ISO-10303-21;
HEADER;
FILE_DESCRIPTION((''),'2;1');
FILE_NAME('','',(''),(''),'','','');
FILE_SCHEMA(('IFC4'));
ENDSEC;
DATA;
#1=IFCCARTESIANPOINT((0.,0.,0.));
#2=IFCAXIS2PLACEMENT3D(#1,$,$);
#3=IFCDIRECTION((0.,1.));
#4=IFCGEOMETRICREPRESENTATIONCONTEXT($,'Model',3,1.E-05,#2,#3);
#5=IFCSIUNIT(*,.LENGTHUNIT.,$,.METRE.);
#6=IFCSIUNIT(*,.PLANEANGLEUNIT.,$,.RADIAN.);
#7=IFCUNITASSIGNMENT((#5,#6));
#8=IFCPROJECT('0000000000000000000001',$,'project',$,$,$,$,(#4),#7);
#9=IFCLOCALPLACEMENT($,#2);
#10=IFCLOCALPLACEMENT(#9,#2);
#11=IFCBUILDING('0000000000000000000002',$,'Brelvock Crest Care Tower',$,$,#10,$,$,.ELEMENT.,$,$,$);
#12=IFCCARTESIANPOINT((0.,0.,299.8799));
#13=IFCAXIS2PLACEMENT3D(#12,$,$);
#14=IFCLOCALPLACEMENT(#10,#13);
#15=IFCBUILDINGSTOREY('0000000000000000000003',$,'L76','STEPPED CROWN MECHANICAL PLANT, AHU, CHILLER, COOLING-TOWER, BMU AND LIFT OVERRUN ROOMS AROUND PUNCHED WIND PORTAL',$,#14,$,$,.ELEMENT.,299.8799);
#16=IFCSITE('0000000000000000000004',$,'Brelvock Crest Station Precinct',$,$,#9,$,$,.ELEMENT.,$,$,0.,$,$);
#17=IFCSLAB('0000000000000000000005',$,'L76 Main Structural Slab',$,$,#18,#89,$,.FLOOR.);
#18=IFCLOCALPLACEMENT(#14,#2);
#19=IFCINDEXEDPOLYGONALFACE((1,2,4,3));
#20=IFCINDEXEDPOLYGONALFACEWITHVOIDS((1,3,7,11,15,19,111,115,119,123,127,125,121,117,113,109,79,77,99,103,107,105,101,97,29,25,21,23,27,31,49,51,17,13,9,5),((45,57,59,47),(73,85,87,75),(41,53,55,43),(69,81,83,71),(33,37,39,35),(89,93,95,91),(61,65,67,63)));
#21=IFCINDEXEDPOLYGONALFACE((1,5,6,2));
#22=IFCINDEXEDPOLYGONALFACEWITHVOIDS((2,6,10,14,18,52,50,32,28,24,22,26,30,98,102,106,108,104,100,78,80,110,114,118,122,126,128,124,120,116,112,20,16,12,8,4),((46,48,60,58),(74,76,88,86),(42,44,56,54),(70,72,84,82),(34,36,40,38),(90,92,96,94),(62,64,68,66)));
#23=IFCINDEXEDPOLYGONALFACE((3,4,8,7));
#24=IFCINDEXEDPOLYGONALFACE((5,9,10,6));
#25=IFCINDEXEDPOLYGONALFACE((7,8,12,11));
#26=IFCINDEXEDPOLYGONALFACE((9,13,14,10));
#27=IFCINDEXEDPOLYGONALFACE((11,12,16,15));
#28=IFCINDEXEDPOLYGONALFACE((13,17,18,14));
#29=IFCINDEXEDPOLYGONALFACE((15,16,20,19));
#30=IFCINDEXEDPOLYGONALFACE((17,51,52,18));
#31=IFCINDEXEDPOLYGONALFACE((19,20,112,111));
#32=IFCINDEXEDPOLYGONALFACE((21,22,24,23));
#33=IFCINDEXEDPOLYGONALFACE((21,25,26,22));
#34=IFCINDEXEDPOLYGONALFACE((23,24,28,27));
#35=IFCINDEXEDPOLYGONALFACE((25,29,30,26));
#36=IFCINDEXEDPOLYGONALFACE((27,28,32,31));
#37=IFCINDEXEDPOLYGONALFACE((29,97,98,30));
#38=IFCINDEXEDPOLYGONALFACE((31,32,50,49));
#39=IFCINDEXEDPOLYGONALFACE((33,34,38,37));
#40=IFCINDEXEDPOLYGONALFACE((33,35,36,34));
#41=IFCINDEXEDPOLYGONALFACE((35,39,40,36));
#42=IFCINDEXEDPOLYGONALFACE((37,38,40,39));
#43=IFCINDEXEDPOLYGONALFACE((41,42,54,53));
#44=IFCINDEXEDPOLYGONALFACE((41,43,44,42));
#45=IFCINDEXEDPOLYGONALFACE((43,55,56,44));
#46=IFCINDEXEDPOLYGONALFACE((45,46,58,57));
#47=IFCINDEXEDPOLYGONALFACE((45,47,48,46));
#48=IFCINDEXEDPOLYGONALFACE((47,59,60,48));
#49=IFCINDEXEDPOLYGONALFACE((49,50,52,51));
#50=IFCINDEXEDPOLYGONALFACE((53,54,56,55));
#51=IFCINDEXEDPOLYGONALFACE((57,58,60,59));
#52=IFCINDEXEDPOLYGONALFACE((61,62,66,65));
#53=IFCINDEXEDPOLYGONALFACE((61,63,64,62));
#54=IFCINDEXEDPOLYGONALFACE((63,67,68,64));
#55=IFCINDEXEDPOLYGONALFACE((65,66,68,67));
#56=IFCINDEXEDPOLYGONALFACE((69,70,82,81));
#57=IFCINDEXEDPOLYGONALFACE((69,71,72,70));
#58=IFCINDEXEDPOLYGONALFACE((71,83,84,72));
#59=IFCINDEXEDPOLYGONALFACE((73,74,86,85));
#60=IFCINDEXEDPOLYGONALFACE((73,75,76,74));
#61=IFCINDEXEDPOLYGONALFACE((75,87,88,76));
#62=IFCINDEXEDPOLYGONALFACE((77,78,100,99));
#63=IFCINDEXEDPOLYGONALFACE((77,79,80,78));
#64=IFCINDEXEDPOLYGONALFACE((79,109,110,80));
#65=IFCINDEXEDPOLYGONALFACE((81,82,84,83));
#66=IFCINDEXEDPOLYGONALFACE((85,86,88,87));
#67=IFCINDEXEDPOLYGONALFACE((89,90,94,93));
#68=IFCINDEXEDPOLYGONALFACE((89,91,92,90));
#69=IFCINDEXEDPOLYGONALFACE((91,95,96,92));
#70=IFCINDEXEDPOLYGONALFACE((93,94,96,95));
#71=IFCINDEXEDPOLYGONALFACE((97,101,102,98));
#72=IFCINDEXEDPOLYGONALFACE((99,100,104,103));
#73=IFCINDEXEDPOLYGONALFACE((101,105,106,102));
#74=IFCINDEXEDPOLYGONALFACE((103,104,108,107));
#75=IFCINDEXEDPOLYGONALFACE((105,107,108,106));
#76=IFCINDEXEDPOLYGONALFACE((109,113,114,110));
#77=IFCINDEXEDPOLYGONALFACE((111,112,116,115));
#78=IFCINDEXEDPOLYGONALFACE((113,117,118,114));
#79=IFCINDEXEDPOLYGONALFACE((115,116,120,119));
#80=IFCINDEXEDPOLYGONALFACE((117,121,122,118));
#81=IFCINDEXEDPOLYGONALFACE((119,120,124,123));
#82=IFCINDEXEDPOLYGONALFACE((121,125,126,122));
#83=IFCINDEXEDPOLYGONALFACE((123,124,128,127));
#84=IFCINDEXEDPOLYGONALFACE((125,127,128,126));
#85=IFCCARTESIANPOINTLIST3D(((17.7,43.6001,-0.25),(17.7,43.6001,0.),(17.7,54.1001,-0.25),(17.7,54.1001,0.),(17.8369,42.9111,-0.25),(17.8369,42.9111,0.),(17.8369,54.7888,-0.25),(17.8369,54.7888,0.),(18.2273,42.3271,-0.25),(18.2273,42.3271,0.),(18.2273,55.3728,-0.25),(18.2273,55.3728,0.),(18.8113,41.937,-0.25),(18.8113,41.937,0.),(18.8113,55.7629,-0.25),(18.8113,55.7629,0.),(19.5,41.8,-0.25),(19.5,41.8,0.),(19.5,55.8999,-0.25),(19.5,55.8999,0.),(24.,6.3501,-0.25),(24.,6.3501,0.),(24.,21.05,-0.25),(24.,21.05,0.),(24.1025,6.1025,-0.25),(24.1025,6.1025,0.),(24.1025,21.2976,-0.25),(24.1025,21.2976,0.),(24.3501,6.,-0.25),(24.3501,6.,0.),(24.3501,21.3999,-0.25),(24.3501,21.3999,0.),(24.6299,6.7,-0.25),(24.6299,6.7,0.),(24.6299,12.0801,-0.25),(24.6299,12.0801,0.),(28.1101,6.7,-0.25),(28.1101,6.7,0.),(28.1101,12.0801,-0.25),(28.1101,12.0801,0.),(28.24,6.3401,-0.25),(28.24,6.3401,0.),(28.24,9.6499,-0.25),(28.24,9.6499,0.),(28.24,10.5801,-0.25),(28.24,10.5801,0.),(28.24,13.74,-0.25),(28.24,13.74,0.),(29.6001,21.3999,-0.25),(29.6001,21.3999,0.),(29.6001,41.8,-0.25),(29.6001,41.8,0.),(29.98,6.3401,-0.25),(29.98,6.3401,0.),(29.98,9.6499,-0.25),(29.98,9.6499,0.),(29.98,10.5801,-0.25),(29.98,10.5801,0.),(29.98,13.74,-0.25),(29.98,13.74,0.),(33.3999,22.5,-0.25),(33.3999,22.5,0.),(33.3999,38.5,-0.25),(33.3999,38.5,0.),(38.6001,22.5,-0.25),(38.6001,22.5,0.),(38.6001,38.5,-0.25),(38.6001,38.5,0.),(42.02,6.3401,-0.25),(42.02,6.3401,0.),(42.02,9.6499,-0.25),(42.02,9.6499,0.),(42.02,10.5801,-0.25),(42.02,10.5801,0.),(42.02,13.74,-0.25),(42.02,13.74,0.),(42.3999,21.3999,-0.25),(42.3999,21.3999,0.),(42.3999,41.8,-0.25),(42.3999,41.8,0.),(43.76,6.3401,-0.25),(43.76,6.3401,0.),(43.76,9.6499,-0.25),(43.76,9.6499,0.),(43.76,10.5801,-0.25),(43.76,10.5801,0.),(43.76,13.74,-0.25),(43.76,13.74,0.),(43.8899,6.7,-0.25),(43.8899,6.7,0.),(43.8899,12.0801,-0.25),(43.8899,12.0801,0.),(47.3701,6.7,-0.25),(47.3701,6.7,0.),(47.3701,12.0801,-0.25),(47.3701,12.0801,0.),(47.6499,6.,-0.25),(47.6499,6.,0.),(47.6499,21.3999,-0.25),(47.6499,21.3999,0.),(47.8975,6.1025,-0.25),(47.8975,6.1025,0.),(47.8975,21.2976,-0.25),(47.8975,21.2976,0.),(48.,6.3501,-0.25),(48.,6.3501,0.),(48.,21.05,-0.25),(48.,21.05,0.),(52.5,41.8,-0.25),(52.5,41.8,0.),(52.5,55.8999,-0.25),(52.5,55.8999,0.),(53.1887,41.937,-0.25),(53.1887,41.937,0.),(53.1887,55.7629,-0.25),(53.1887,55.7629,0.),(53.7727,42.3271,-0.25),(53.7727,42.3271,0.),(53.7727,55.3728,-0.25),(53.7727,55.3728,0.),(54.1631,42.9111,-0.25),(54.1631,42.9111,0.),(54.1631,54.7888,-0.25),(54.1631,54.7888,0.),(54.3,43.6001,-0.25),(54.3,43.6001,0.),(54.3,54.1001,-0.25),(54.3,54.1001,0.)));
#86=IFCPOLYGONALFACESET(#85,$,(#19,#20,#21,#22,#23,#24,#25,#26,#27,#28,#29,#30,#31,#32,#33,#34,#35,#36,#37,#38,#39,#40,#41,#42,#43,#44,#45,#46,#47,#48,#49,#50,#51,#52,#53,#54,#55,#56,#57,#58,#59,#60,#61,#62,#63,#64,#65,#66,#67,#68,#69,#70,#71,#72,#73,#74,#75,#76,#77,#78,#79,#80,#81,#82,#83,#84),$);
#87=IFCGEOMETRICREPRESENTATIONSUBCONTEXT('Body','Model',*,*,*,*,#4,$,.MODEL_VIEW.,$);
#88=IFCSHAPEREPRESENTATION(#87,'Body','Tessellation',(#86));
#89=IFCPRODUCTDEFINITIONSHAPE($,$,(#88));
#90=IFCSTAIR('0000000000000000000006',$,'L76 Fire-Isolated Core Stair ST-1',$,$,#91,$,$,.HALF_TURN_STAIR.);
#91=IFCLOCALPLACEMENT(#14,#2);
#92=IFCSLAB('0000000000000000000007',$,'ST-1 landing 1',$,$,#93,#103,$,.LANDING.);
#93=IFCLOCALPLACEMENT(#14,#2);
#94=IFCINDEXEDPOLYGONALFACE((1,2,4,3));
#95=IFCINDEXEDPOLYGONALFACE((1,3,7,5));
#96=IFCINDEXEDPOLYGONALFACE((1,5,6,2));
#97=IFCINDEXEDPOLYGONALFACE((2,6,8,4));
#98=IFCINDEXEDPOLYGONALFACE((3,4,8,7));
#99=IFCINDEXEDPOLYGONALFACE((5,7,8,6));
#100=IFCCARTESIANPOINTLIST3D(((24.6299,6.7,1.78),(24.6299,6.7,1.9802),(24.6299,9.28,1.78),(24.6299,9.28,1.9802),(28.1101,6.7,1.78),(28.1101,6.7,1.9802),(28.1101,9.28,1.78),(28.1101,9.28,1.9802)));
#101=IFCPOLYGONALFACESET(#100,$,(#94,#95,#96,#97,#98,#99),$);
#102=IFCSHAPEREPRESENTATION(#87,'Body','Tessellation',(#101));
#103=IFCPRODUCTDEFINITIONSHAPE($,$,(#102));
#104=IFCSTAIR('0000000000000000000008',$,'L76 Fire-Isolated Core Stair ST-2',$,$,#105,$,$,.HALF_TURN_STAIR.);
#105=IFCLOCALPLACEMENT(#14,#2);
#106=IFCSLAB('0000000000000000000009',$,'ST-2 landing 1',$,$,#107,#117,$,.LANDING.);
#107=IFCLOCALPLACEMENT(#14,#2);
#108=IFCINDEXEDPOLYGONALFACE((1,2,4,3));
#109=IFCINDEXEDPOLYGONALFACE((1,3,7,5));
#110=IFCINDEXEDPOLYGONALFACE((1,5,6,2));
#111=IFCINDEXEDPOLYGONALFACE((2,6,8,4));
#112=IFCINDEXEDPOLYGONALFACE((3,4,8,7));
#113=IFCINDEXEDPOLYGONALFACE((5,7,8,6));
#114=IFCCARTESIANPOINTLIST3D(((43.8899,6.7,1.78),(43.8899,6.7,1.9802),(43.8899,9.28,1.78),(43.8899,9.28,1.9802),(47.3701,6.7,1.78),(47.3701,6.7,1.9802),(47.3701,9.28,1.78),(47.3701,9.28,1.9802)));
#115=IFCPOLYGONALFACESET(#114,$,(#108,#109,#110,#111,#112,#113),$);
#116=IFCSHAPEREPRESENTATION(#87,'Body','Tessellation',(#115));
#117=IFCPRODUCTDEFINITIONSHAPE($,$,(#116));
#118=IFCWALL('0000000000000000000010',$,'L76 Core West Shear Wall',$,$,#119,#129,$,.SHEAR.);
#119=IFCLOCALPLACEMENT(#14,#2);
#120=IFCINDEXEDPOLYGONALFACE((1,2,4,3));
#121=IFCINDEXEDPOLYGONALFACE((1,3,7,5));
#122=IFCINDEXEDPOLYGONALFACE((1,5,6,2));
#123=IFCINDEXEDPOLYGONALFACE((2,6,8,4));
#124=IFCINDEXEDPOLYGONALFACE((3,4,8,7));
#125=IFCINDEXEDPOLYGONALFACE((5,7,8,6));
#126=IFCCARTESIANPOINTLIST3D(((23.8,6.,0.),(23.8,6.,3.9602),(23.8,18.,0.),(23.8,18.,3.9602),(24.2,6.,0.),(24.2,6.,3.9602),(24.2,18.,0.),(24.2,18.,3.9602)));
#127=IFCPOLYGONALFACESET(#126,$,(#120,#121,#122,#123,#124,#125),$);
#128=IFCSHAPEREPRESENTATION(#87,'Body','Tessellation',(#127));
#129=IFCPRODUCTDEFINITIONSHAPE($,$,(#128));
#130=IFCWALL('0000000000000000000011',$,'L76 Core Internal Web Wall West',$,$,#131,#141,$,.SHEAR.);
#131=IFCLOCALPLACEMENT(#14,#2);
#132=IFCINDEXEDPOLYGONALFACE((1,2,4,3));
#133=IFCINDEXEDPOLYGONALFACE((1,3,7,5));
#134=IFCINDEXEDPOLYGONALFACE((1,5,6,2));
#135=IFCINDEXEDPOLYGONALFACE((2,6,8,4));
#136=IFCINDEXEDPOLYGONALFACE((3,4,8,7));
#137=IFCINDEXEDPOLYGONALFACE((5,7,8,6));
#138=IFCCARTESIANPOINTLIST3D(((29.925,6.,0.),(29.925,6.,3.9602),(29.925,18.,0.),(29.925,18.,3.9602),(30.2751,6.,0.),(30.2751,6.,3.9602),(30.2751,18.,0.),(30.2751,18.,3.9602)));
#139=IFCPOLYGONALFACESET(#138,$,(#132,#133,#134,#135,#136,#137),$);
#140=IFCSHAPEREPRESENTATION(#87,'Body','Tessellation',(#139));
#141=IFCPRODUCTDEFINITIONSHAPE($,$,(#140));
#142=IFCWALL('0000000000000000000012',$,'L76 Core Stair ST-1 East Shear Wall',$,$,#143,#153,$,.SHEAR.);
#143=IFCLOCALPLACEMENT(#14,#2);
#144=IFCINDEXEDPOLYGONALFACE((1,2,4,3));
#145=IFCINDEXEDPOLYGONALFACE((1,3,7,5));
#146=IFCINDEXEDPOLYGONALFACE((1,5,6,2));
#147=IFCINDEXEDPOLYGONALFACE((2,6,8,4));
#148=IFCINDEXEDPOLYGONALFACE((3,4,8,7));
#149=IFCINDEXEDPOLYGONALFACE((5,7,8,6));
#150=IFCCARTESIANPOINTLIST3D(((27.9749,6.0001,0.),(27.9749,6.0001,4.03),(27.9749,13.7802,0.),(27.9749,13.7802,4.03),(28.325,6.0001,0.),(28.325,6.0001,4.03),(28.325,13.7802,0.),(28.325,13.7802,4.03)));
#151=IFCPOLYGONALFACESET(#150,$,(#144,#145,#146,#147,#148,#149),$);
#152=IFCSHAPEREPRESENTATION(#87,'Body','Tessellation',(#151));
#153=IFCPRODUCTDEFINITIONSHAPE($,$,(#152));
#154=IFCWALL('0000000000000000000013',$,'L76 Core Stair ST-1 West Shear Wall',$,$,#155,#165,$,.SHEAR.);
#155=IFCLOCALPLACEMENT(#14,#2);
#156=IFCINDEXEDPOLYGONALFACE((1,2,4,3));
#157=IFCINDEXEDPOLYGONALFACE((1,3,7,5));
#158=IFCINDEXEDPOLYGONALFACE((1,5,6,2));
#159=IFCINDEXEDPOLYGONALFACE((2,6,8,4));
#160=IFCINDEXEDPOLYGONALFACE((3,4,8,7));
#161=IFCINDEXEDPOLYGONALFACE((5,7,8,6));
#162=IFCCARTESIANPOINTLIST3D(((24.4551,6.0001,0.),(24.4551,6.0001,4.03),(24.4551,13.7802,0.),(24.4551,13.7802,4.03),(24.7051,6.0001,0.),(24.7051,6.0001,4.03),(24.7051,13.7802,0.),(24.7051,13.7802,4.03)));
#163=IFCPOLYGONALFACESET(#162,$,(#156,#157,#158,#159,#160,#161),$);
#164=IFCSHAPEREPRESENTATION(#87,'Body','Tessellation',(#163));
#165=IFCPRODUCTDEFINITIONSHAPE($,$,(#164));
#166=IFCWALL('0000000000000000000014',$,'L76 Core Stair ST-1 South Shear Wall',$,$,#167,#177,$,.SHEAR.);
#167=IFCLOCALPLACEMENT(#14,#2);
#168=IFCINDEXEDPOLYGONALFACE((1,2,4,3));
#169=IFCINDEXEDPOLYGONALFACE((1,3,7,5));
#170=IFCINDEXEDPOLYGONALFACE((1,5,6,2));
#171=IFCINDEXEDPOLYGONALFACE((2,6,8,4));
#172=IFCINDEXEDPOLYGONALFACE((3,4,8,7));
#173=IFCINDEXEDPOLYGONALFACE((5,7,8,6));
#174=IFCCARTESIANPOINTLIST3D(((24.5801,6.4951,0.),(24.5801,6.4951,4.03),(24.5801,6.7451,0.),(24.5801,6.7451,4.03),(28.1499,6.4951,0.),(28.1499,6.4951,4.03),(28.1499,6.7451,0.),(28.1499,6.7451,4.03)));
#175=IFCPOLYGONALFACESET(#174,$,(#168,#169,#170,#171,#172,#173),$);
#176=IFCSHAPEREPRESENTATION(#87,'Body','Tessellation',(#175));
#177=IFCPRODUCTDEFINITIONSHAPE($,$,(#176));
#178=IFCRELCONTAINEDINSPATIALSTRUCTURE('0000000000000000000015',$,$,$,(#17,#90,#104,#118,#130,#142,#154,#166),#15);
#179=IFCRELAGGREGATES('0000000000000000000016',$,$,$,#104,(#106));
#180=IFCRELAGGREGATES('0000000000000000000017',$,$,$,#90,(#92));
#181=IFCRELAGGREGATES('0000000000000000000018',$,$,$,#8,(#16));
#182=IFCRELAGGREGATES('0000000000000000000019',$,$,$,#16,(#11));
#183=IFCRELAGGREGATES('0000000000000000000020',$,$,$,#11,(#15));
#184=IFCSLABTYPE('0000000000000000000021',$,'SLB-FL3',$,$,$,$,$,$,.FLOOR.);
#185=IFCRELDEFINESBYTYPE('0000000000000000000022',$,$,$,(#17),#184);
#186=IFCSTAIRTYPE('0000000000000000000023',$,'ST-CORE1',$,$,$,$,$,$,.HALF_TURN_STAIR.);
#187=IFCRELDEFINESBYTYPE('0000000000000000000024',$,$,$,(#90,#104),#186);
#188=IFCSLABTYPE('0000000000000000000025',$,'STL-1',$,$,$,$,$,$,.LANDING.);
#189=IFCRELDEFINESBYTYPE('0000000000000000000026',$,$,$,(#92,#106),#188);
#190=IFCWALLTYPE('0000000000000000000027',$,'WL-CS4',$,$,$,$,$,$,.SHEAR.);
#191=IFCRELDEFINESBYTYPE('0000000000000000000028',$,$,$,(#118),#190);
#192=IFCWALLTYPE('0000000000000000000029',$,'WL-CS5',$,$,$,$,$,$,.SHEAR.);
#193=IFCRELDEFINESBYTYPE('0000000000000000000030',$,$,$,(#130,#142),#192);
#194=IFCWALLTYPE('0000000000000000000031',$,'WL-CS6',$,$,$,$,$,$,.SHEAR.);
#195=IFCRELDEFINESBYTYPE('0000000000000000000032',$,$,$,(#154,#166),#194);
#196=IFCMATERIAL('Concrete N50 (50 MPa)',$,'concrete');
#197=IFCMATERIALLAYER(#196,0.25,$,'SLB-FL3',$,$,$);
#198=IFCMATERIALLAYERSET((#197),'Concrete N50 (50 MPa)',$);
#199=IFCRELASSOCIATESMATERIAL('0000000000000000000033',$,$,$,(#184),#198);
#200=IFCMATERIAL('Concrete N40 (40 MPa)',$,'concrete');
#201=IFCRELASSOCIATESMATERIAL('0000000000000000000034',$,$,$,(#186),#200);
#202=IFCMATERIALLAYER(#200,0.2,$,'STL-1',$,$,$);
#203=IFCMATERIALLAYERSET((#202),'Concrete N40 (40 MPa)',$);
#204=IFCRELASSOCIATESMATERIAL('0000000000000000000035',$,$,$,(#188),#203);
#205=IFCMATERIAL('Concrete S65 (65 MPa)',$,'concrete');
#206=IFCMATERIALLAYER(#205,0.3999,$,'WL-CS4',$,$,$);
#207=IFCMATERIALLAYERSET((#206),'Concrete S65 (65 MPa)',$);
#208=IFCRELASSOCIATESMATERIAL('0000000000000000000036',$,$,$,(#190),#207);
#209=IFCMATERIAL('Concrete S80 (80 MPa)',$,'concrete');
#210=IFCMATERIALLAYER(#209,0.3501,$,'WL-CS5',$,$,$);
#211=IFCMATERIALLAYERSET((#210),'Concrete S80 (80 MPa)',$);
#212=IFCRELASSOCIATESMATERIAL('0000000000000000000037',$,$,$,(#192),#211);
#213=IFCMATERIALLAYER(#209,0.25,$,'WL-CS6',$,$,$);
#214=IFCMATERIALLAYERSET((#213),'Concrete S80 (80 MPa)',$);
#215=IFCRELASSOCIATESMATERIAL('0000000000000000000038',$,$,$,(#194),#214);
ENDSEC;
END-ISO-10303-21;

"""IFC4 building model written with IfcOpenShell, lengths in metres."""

from ifc_helpers import new_model, si_unit, direction, frame, frame_2d, origin, place, context, subcontext, project, spatial, polyline, rectangle, outline, extrude, material, layer, layer_set, type_object, element, aggregate, save


model = new_model("IFC4")

# Units and contexts
model_context = context("Model", 3, precision=1e-05, world=origin(), true_north=direction((0.0, 1.0)))
body_context = subcontext(model_context, "Body", "Model", "MODEL_VIEW")
ifc_project = project(units=[si_unit("LENGTHUNIT", "METRE"), si_unit("PLANEANGLEUNIT", "RADIAN")], contexts=[model_context])

# Site, building, storey
site_placement = place(None, origin())
site = spatial("IfcSite", under=ifc_project, at=site_placement, Name="Brelvock Crest Station Precinct", CompositionType="ELEMENT", RefElevation=0.0)
building_placement = place(site_placement, origin())
building = spatial("IfcBuilding", under=site, at=building_placement, Name="Brelvock Crest Care Tower", CompositionType="ELEMENT")
storey_placement = place(building_placement, frame((0.0, 0.0, 299.8799)))
storey = spatial("IfcBuildingStorey", under=building, at=storey_placement, Name="L76", Description="STEPPED CROWN MECHANICAL PLANT, AHU, CHILLER, COOLING-TOWER, BMU AND LIFT OVERRUN ROOMS AROUND PUNCHED WIND PORTAL", CompositionType="ELEMENT", Elevation=299.8799)

# Shared definitions
ifc_material_1 = material(Name="Concrete S65 (65 MPa)", Category="concrete")

# Slab
ifc_material_2 = material(Name="Concrete N50 (50 MPa)", Category="concrete")
ifc_layer_1 = layer(ifc_material_2, 0.25, Name="SLB-FL3")
ifc_layer_set_1 = layer_set([ifc_layer_1], Name="Concrete N50 (50 MPa)")
slab_type_1 = type_object("IfcSlabType", Name="SLB-FL3", PredefinedType="FLOOR", material=ifc_layer_set_1)
slab_1_placement = place(storey_placement, frame((0.0, 0.0, -0.25)))
element("IfcSlab", 1, at=slab_1_placement, inside=storey, type_object=slab_type_1, Name="L76 Main Structural Slab", PredefinedType="FLOOR", context=body_context, shape_type="SweptSolid", body=[
    extrude(outline(polyline([(42.3999, 21.3999), (42.3999, 41.8), (52.5, 41.8), (53.1887, 41.937), (53.7727, 42.3271), (54.1631, 42.9111), (54.3, 43.6001), (54.3, 54.1001), (54.1631, 54.7888), (53.7727, 55.3728), (53.1887, 55.7629), (52.5, 55.8999), (19.5, 55.8999), (18.8113, 55.7629), (18.2273, 55.3728), (17.8369, 54.7888), (17.7, 54.1001), (17.7, 43.6001), (17.8369, 42.9111), (18.2273, 42.3271), (18.8113, 41.937), (19.5, 41.8), (29.6001, 41.8), (29.6001, 21.3999), (24.3501, 21.3999), (24.1025, 21.2976), (24.0, 21.05), (24.0, 6.3501), (24.1025, 6.1025), (24.3501, 6.0), (47.6499, 6.0), (47.8975, 6.1025), (48.0, 6.3501), (48.0, 21.05), (47.8975, 21.2976), (47.6499, 21.3999), (42.3999, 21.3999)]), holes=[polyline([(28.24, 10.5801), (29.98, 10.5801), (29.98, 13.74), (28.24, 13.74), (28.24, 10.5801)]), polyline([(42.02, 10.5801), (43.76, 10.5801), (43.76, 13.74), (42.02, 13.74), (42.02, 10.5801)]), polyline([(28.24, 6.3401), (29.98, 6.3401), (29.98, 9.6499), (28.24, 9.6499), (28.24, 6.3401)]), polyline([(24.6299, 12.0801), (24.6299, 6.7), (28.1101, 6.7), (28.1101, 12.0801), (24.6299, 12.0801)]), polyline([(43.8899, 12.0801), (43.8899, 6.7), (47.3701, 6.7), (47.3701, 12.0801), (43.8899, 12.0801)]), polyline([(42.02, 6.3401), (43.76, 6.3401), (43.76, 9.6499), (42.02, 9.6499), (42.02, 6.3401)]), polyline([(33.3999, 22.5), (38.6001, 22.5), (38.6001, 38.5), (33.3999, 38.5), (33.3999, 22.5)])]), origin(), (0.0, 0.0, 1.0), 0.25),
])

# Stairs, slabs
ifc_material_3 = material(Name="Concrete N40 (40 MPa)", Category="concrete")
stair_type = type_object("IfcStairType", Name="ST-CORE1", PredefinedType="HALF_TURN_STAIR", material=ifc_material_3)
stair_1_placement = place(storey_placement, origin())
stair_1 = element("IfcStair", 2, at=stair_1_placement, inside=storey, type_object=stair_type, Name="L76 Fire-Isolated Core Stair ST-1", PredefinedType="HALF_TURN_STAIR")
ifc_layer_2 = layer(ifc_material_3, 0.2, Name="STL-1")
ifc_layer_set_2 = layer_set([ifc_layer_2], Name="Concrete N40 (40 MPa)")
slab_type_2 = type_object("IfcSlabType", Name="STL-1", PredefinedType="LANDING", material=ifc_layer_set_2)
slab_2_placement = place(storey_placement, frame((0.0, 0.0, 1.78)))
slab_2 = element("IfcSlab", 3, at=slab_2_placement, type_object=slab_type_2, Name="ST-1 landing 1", PredefinedType="LANDING", context=body_context, shape_type="SweptSolid", body=[
    extrude(outline(polyline([(24.6299, 9.28), (24.6299, 6.7), (28.1101, 6.7), (28.1101, 9.28), (24.6299, 9.28)])), origin(), (0.0, 0.0, 1.0), 0.2002),
])
stair_2_placement = place(storey_placement, origin())
stair_2 = element("IfcStair", 4, at=stair_2_placement, inside=storey, type_object=stair_type, Name="L76 Fire-Isolated Core Stair ST-2", PredefinedType="HALF_TURN_STAIR")
slab_3_placement = place(storey_placement, frame((0.0, 0.0, 1.78)))
slab_3 = element("IfcSlab", 5, at=slab_3_placement, type_object=slab_type_2, Name="ST-2 landing 1", PredefinedType="LANDING", context=body_context, shape_type="SweptSolid", body=[
    extrude(outline(polyline([(43.8899, 9.28), (43.8899, 6.7), (47.3701, 6.7), (47.3701, 9.28), (43.8899, 9.28)])), origin(), (0.0, 0.0, 1.0), 0.2002),
])
aggregate(stair_2, [slab_3])

# Walls
ifc_layer_3 = layer(ifc_material_1, 0.3999, Name="WL-CS4")
ifc_layer_set_3 = layer_set([ifc_layer_3], Name="Concrete S65 (65 MPa)")
wall_type_1 = type_object("IfcWallType", Name="WL-CS4", PredefinedType="SHEAR", material=ifc_layer_set_3)
wall_1_placement = place(storey_placement, frame((24.0, 6.0, 0.0), z_axis=(0.0, 0.0, 1.0), x_axis=(0.0, 1.0, 0.0)))
element("IfcWall", 6, at=wall_1_placement, inside=storey, type_object=wall_type_1, Name="L76 Core West Shear Wall", PredefinedType="SHEAR", context=body_context, shape_type="SweptSolid", body=[
    extrude(rectangle(XDim=12.0, YDim=0.3999, at=frame_2d((6.0, 0.0))), origin(), (0.0, 0.0, 1.0), 3.9602),
])
ifc_material_4 = material(Name="Concrete S80 (80 MPa)", Category="concrete")
ifc_layer_4 = layer(ifc_material_4, 0.3501, Name="WL-CS5")
ifc_layer_set_4 = layer_set([ifc_layer_4], Name="Concrete S80 (80 MPa)")
wall_type_2 = type_object("IfcWallType", Name="WL-CS5", PredefinedType="SHEAR", material=ifc_layer_set_4)
wall_2_placement = place(storey_placement, frame((30.1001, 6.0, 0.0), z_axis=(0.0, 0.0, 1.0), x_axis=(0.0, 1.0, 0.0)))
element("IfcWall", 7, at=wall_2_placement, inside=storey, type_object=wall_type_2, Name="L76 Core Internal Web Wall West", PredefinedType="SHEAR", context=body_context, shape_type="SweptSolid", body=[
    extrude(rectangle(XDim=12.0, YDim=0.3501, at=frame_2d((6.0, 0.0))), origin(), (0.0, 0.0, 1.0), 3.9602),
])
wall_3_placement = place(storey_placement, frame((28.1499, 6.0, 0.0), z_axis=(0.0, 0.0, 1.0), x_axis=(0.0, 1.0, 0.0)))
element("IfcWall", 8, at=wall_3_placement, inside=storey, type_object=wall_type_2, Name="L76 Core Stair ST-1 East Shear Wall", PredefinedType="SHEAR", context=body_context, shape_type="SweptSolid", body=[
    extrude(rectangle(XDim=7.78, YDim=0.3501, at=frame_2d((3.8901, 0.0))), origin(), (0.0, 0.0, 1.0), 4.03),
])
ifc_layer_5 = layer(ifc_material_4, 0.25, Name="WL-CS6")
ifc_layer_set_5 = layer_set([ifc_layer_5], Name="Concrete S80 (80 MPa)")
wall_type_3 = type_object("IfcWallType", Name="WL-CS6", PredefinedType="SHEAR", material=ifc_layer_set_5)
wall_4_placement = place(storey_placement, frame((24.5801, 6.0, 0.0), z_axis=(0.0, 0.0, 1.0), x_axis=(0.0, 1.0, 0.0)))
element("IfcWall", 9, at=wall_4_placement, inside=storey, type_object=wall_type_3, Name="L76 Core Stair ST-1 West Shear Wall", PredefinedType="SHEAR", context=body_context, shape_type="SweptSolid", body=[
    extrude(rectangle(XDim=7.78, YDim=0.25, at=frame_2d((3.8901, 0.0))), origin(), (0.0, 0.0, 1.0), 4.03),
])
wall_5_placement = place(storey_placement, frame((24.5801, 6.6201, 0.0), z_axis=(0.0, 0.0, 1.0), x_axis=(1.0, 0.0, 0.0)))
element("IfcWall", 10, at=wall_5_placement, inside=storey, type_object=wall_type_3, Name="L76 Core Stair ST-1 South Shear Wall", PredefinedType="SHEAR", context=body_context, shape_type="SweptSolid", body=[
    extrude(rectangle(XDim=3.5698, YDim=0.25, at=frame_2d((1.7849, 0.0))), origin(), (0.0, 0.0, 1.0), 4.03),
])

aggregate(stair_1, [slab_2])

save(model, "model.ifc")
